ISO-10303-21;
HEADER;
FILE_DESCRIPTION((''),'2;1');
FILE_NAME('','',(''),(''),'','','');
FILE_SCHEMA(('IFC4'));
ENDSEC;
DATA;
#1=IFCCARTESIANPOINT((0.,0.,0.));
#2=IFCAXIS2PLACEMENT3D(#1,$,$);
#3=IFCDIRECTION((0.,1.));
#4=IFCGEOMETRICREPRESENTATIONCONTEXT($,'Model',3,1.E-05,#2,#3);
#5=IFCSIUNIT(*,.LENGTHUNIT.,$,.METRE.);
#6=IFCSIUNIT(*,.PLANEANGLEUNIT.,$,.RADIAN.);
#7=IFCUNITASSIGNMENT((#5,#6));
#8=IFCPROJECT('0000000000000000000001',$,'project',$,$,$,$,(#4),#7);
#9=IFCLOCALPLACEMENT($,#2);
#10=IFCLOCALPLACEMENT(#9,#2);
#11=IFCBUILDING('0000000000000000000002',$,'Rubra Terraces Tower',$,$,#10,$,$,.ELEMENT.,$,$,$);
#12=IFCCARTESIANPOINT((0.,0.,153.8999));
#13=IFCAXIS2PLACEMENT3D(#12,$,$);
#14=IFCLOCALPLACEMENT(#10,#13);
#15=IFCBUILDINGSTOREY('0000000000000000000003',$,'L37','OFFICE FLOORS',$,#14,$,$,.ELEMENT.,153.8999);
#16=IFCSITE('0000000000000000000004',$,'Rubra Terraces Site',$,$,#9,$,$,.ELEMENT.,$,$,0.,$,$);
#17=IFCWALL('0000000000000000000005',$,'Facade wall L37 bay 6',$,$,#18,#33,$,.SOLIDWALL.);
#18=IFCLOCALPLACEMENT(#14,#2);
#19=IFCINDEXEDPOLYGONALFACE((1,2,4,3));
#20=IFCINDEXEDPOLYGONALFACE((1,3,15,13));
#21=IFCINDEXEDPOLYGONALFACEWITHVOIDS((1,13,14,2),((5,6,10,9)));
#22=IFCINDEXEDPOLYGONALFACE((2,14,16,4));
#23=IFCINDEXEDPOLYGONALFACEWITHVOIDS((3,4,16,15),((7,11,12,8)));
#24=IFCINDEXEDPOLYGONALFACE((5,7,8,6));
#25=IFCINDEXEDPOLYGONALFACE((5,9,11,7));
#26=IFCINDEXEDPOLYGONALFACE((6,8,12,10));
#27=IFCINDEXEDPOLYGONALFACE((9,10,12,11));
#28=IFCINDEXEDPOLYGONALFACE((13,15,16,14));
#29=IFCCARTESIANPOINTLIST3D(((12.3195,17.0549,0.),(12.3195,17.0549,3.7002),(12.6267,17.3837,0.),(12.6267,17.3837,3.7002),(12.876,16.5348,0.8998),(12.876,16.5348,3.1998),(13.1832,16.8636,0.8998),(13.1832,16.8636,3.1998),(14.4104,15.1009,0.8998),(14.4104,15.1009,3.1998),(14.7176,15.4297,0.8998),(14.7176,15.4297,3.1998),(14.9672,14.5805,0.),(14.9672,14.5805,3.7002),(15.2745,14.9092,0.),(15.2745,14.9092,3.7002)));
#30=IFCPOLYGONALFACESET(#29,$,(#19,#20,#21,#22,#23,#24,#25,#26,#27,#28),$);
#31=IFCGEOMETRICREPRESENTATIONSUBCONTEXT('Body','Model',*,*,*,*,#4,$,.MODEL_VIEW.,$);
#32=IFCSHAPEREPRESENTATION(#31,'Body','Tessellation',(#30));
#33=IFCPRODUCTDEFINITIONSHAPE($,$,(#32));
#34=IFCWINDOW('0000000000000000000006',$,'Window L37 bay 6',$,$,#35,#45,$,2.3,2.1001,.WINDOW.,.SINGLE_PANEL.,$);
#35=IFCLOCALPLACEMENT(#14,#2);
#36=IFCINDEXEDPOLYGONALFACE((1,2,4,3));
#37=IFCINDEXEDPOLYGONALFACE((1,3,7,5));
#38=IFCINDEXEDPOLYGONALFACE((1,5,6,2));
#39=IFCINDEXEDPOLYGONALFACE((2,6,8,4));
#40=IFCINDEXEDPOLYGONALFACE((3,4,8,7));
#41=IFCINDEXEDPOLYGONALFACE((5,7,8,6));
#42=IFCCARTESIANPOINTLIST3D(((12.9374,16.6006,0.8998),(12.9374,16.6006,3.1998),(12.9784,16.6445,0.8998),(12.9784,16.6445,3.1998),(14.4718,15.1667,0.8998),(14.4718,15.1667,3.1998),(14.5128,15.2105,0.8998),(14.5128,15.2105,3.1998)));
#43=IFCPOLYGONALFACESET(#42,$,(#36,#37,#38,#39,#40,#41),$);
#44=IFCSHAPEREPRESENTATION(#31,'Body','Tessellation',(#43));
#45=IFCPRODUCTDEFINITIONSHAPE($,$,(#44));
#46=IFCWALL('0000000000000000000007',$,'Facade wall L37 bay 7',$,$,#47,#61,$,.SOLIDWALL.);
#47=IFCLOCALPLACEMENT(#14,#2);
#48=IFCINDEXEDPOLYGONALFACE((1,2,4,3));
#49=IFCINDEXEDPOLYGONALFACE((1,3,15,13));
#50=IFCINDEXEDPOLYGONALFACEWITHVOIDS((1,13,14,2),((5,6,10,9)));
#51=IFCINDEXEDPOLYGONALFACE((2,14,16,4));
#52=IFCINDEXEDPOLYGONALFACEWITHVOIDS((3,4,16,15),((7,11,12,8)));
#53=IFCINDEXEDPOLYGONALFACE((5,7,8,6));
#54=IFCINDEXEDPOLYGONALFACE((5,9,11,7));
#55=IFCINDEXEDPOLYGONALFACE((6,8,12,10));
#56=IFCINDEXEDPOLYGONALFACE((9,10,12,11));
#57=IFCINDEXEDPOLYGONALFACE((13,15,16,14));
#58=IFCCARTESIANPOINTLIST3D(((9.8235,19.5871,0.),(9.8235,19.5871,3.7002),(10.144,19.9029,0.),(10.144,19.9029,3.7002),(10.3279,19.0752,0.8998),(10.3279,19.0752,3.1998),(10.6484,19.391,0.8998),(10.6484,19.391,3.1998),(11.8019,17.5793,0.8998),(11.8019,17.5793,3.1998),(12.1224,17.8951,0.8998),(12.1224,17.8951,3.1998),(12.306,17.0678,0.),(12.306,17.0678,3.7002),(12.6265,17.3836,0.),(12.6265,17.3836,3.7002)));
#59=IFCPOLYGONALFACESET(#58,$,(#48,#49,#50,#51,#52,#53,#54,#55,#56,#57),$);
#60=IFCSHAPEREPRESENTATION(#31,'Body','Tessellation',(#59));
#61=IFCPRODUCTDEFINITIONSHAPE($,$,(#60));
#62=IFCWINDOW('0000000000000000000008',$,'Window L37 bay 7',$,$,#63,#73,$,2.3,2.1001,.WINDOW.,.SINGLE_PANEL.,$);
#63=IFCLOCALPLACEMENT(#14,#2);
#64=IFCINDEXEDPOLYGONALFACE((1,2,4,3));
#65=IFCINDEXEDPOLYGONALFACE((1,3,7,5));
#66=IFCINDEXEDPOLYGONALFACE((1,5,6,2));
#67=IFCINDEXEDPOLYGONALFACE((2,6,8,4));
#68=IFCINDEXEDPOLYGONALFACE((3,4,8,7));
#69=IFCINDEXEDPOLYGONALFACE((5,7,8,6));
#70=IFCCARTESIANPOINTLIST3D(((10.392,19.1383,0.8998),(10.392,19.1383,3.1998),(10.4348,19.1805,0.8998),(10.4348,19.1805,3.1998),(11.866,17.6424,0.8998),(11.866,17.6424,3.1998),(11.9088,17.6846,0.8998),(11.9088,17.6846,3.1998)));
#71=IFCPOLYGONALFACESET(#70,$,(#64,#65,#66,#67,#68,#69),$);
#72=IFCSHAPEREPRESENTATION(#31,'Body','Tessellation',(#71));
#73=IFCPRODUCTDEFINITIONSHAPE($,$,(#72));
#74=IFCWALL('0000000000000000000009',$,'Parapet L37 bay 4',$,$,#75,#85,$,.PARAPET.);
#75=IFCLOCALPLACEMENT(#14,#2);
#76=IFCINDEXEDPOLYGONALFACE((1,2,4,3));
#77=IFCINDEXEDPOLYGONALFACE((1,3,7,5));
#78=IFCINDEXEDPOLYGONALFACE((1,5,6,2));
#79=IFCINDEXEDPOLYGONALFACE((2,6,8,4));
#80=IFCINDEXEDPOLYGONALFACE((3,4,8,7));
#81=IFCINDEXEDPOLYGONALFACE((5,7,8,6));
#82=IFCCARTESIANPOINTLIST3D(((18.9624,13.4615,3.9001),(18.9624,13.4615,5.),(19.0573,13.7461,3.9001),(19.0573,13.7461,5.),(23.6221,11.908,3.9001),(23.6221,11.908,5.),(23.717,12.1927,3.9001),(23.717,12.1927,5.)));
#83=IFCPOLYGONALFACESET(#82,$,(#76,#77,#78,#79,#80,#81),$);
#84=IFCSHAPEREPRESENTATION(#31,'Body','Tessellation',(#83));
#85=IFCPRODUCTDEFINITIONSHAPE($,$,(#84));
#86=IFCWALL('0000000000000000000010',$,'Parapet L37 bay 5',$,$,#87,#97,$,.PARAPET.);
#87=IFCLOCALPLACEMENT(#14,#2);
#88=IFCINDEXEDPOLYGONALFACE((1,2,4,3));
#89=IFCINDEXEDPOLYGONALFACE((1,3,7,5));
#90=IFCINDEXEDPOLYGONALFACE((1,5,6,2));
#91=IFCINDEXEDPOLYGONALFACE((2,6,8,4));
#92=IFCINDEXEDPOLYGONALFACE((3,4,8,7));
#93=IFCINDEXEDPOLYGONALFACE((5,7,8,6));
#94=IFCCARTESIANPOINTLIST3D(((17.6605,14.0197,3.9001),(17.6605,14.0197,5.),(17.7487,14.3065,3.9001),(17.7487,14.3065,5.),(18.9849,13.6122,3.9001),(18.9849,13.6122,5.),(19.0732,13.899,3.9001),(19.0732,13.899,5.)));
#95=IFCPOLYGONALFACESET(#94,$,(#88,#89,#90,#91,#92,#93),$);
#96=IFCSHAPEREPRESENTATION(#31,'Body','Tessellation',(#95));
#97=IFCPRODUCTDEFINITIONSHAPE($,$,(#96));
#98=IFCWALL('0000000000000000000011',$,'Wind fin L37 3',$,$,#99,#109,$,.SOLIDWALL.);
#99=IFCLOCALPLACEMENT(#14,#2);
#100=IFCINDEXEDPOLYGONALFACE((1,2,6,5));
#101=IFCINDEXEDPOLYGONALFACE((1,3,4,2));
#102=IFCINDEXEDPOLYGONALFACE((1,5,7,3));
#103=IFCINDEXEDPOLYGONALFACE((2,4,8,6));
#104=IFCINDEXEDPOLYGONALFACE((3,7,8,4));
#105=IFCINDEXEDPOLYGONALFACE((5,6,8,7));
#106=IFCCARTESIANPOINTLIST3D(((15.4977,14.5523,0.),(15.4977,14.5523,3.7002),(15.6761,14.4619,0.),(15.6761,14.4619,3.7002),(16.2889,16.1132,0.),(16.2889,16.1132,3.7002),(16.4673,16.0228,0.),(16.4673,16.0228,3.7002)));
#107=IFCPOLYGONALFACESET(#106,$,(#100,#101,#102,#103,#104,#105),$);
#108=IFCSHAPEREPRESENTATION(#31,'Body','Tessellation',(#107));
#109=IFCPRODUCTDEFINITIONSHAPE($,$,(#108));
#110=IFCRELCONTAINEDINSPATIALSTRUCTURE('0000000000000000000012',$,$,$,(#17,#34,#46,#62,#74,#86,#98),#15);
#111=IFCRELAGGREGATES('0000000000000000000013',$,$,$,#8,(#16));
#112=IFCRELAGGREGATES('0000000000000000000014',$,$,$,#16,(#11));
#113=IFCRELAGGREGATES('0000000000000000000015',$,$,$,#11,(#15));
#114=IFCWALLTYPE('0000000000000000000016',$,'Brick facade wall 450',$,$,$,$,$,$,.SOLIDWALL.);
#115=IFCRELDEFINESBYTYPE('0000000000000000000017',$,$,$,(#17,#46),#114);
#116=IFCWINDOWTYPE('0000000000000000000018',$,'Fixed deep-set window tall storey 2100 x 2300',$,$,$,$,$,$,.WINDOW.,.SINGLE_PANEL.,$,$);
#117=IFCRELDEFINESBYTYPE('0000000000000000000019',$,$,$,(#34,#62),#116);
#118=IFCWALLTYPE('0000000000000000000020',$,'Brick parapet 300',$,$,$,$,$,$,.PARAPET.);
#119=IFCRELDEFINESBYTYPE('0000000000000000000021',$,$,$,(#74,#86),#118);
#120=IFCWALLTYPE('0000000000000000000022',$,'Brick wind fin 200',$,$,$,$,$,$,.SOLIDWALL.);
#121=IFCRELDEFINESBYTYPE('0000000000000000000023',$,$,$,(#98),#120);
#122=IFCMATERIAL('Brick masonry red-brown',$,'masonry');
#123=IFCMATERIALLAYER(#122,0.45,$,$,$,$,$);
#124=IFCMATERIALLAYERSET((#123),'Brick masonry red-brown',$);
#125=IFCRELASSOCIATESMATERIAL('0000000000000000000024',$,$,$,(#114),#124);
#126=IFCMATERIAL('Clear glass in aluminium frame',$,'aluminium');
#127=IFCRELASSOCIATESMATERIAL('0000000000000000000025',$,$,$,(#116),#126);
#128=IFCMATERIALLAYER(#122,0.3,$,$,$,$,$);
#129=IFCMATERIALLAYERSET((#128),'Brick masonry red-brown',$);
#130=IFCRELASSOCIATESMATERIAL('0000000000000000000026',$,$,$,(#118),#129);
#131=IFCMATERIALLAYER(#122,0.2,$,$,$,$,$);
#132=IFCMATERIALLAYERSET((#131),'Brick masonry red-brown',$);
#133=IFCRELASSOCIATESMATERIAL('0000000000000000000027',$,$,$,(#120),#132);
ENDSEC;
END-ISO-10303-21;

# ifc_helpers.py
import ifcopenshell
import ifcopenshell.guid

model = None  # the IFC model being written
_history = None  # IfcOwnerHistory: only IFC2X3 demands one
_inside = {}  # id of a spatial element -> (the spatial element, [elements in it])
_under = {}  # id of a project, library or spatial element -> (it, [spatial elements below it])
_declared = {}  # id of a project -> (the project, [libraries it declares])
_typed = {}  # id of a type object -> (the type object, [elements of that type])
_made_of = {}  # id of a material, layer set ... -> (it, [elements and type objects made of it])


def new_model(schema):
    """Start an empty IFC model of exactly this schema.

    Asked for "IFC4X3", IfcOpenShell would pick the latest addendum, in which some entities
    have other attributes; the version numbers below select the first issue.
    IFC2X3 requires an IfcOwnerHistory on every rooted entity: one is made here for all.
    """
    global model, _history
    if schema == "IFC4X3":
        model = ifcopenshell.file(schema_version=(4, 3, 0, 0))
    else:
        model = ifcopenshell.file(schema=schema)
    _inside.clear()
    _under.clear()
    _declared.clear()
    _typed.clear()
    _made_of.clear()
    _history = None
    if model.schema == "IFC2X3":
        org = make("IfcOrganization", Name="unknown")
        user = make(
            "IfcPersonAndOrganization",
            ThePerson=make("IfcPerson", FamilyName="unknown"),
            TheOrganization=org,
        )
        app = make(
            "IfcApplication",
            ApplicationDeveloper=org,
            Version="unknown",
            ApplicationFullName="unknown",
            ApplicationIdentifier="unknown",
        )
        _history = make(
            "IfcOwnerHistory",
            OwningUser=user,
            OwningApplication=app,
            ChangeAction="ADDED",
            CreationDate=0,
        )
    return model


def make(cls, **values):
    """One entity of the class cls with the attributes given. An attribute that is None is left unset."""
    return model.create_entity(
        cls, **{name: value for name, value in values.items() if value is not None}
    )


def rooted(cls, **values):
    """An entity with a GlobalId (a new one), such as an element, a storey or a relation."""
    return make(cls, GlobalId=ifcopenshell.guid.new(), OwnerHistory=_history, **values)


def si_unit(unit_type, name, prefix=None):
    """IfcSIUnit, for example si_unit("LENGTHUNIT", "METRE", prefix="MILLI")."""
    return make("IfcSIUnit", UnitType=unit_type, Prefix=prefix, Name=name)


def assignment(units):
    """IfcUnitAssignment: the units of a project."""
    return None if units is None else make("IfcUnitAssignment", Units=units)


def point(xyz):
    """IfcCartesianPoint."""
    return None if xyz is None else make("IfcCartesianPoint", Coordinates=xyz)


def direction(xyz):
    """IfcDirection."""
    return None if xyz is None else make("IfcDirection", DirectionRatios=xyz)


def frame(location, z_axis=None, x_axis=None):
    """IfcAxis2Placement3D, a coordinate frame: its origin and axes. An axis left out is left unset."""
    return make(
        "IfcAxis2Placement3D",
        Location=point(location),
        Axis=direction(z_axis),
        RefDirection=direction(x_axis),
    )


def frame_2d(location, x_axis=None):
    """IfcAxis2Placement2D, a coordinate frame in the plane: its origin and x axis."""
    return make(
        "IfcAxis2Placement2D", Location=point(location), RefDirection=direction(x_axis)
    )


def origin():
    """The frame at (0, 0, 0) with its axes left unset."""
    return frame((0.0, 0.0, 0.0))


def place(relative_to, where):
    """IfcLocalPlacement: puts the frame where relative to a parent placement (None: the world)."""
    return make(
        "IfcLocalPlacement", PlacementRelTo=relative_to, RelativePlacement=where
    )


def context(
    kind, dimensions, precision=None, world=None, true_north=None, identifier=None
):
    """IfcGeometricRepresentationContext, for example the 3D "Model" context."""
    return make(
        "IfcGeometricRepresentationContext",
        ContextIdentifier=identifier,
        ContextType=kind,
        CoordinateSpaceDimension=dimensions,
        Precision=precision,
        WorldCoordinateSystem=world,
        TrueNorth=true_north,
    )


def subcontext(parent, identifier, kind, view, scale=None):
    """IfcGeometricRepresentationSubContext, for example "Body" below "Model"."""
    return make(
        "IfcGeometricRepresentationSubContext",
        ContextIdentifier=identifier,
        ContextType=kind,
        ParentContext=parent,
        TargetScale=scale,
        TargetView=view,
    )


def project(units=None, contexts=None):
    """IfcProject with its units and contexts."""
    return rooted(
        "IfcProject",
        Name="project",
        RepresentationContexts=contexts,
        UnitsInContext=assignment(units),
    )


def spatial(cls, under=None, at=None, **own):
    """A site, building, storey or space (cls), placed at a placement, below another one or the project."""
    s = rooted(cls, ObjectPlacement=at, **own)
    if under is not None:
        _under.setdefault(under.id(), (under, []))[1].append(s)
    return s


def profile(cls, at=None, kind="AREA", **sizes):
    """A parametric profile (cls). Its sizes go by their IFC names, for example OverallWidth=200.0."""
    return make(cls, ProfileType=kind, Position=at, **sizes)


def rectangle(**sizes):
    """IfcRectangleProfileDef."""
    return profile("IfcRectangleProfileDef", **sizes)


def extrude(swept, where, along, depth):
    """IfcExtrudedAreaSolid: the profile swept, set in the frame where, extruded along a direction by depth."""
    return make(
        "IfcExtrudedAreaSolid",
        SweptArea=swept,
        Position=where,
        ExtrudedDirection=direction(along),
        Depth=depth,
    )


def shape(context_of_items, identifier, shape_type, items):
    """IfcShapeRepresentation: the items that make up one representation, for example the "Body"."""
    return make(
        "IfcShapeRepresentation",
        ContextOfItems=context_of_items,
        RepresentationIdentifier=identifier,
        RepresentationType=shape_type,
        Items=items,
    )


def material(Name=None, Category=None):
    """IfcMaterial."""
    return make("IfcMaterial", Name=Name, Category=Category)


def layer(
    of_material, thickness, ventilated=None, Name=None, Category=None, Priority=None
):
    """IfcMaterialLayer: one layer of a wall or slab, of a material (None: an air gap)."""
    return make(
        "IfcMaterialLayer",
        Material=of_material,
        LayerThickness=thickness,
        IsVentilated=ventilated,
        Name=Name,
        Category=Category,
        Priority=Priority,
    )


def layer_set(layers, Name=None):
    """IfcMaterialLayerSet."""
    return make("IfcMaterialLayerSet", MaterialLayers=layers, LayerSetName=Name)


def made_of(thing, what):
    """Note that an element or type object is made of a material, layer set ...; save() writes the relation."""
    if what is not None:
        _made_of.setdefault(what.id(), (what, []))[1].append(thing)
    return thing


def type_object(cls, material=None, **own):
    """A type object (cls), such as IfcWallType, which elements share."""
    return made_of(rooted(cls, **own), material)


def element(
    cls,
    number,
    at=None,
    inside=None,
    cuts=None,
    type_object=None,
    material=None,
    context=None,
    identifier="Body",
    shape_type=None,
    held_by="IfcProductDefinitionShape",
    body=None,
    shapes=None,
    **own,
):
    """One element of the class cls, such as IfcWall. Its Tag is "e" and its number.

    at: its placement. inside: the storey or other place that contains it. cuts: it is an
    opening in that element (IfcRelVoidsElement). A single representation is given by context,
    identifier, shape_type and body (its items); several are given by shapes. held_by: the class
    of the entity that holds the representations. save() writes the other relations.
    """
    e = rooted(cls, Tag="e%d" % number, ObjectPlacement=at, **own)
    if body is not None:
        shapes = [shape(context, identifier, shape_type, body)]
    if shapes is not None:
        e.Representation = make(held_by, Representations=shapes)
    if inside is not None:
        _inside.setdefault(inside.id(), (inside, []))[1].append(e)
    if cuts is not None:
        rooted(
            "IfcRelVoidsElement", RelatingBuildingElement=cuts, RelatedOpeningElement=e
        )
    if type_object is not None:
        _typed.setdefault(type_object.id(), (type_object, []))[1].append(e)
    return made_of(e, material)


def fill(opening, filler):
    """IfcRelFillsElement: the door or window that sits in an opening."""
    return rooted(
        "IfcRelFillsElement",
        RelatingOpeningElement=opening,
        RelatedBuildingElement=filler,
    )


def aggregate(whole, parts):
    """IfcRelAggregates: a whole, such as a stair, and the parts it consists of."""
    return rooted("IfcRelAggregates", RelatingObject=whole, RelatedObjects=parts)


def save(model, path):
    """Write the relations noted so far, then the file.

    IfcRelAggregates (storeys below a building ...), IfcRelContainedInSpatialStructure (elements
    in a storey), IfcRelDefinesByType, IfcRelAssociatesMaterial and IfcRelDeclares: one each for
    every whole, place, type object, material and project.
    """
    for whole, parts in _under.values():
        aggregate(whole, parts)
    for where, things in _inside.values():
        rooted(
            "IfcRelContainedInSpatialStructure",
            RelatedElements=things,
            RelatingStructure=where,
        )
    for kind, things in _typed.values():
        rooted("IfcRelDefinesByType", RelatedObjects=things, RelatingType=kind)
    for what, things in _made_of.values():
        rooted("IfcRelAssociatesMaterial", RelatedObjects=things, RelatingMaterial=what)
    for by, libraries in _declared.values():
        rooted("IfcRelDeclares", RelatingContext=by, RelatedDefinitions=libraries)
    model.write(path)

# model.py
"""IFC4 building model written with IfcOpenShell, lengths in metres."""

from ifc_helpers import new_model, si_unit, direction, frame, frame_2d, origin, place, context, subcontext, project, spatial, rectangle, extrude, material, layer, layer_set, type_object, element, fill, save


model = new_model("IFC4")

# Units and contexts
model_context = context("Model", 3, precision=1e-05, world=origin(), true_north=direction((0.0, 1.0)))
body_context = subcontext(model_context, "Body", "Model", "MODEL_VIEW")
ifc_project = project(units=[si_unit("LENGTHUNIT", "METRE"), si_unit("PLANEANGLEUNIT", "RADIAN")], contexts=[model_context])

# Site, building, storey
site_placement = place(None, origin())
site = spatial("IfcSite", under=ifc_project, at=site_placement, Name="Rubra Terraces Site", CompositionType="ELEMENT", RefElevation=0.0)
building_placement = place(site_placement, origin())
building = spatial("IfcBuilding", under=site, at=building_placement, Name="Rubra Terraces Tower", CompositionType="ELEMENT")
storey_placement = place(building_placement, frame((0.0, 0.0, 153.8999)))
storey = spatial("IfcBuildingStorey", under=building, at=storey_placement, Name="L37", Description="OFFICE FLOORS", CompositionType="ELEMENT", Elevation=153.8999)

# Walls, openings, windows
ifc_material_1 = material(Name="Brick masonry red-brown", Category="masonry")
ifc_layer_1 = layer(ifc_material_1, 0.45)
ifc_layer_set_1 = layer_set([ifc_layer_1], Name="Brick masonry red-brown")
wall_type_1 = type_object("IfcWallType", Name="Brick facade wall 450", PredefinedType="SOLIDWALL", material=ifc_layer_set_1)
ifc_material_2 = material(Name="Clear glass in aluminium frame", Category="aluminium")
window_type = type_object("IfcWindowType", Name="Fixed deep-set window tall storey 2100 x 2300", PartitioningType="SINGLE_PANEL", PredefinedType="WINDOW", material=ifc_material_2)
wall_1_placement = place(storey_placement, frame((15.1208, 14.7449, 0.0), z_axis=(0.0, 0.0, 1.0), x_axis=(-0.730618, 0.682786, 0.0)))
wall_1 = element("IfcWall", 1, at=wall_1_placement, inside=storey, type_object=wall_type_1, Name="Facade wall L37 bay 6", PredefinedType="SOLIDWALL", context=body_context, shape_type="SweptSolid", body=[
    extrude(rectangle(XDim=3.624, YDim=0.45, at=frame_2d((1.812, 0.0))), origin(), (0.0, 0.0, 1.0), 3.7002),
])
opening_1_placement = place(wall_1_placement, frame((0.7622, 0.0, 0.8999)))
opening_1 = element("IfcOpeningElement", 2, at=opening_1_placement, cuts=wall_1, PredefinedType="OPENING", context=body_context, shape_type="SweptSolid", body=[
    extrude(rectangle(XDim=2.1001, YDim=2.3, at=frame_2d((1.05, 1.1499))), frame((0.0, 0.2349, 0.0), z_axis=(0.0, -1.0, 0.0), x_axis=(1.0, 0.0, 0.0)), (0.0, 0.0, 1.0), 0.47),
])
window_1_placement = place(opening_1_placement, origin())
window_1 = element("IfcWindow", 3, at=window_1_placement, inside=storey, type_object=window_type, Name="Window L37 bay 6", OverallHeight=2.3, OverallWidth=2.1001, PartitioningType="SINGLE_PANEL", PredefinedType="WINDOW", context=body_context, shape_type="SweptSolid", body=[
    extrude(rectangle(XDim=2.1001, YDim=2.3, at=frame_2d((1.05, 1.1499))), frame((0.0, 0.135, 0.0), z_axis=(0.0, -1.0, 0.0), x_axis=(1.0, 0.0, 0.0)), (0.0, 0.0, 1.0), 0.0601),
])
fill(opening_1, window_1)
wall_2_placement = place(storey_placement, frame((12.4663, 17.2256, 0.0), z_axis=(0.0, 0.0, 1.0), x_axis=(-0.701876, 0.712299, 0.0)))
wall_2 = element("IfcWall", 4, at=wall_2_placement, inside=storey, type_object=wall_type_1, Name="Facade wall L37 bay 7", PredefinedType="SOLIDWALL", context=body_context, shape_type="SweptSolid", body=[
    extrude(rectangle(XDim=3.5369, YDim=0.45, at=frame_2d((1.7686, 0.0))), origin(), (0.0, 0.0, 1.0), 3.7002),
])
opening_2_placement = place(wall_2_placement, frame((0.7183, 0.0, 0.8999)))
opening_2 = element("IfcOpeningElement", 5, at=opening_2_placement, cuts=wall_2, PredefinedType="OPENING", context=body_context, shape_type="SweptSolid", body=[
    extrude(rectangle(XDim=2.1001, YDim=2.3, at=frame_2d((1.05, 1.1499))), frame((0.0, 0.2349, 0.0), z_axis=(0.0, -1.0, 0.0), x_axis=(1.0, 0.0, 0.0)), (0.0, 0.0, 1.0), 0.47),
])
window_2_placement = place(opening_2_placement, origin())
window_2 = element("IfcWindow", 6, at=window_2_placement, inside=storey, type_object=window_type, Name="Window L37 bay 7", OverallHeight=2.3, OverallWidth=2.1001, PartitioningType="SINGLE_PANEL", PredefinedType="WINDOW", context=body_context, shape_type="SweptSolid", body=[
    extrude(rectangle(XDim=2.1001, YDim=2.3, at=frame_2d((1.05, 1.1499))), frame((0.0, 0.135, 0.0), z_axis=(0.0, -1.0, 0.0), x_axis=(1.0, 0.0, 0.0)), (0.0, 0.0, 1.0), 0.0601),
])
fill(opening_2, window_2)

# Walls
ifc_layer_2 = layer(ifc_material_1, 0.3)
ifc_layer_set_2 = layer_set([ifc_layer_2], Name="Brick masonry red-brown")
wall_type_2 = type_object("IfcWallType", Name="Brick parapet 300", PredefinedType="PARAPET", material=ifc_layer_set_2)
wall_3_placement = place(storey_placement, frame((23.6697, 12.0503, 3.9001), z_axis=(0.0, 0.0, 1.0), x_axis=(-0.948668, 0.316273, 0.0)))
element("IfcWall", 7, at=wall_3_placement, inside=storey, type_object=wall_type_2, Name="Parapet L37 bay 4", PredefinedType="PARAPET", context=body_context, shape_type="SweptSolid", body=[
    extrude(rectangle(XDim=4.9119, YDim=0.3, at=frame_2d((2.4561, 0.0))), origin(), (0.0, 0.0, 1.0), 1.0999),
])
wall_4_placement = place(storey_placement, frame((19.0291, 13.7556, 3.9001), z_axis=(0.0, 0.0, 1.0), x_axis=(-0.95579, 0.294049, 0.0)))
element("IfcWall", 8, at=wall_4_placement, inside=storey, type_object=wall_type_2, Name="Parapet L37 bay 5", PredefinedType="PARAPET", context=body_context, shape_type="SweptSolid", body=[
    extrude(rectangle(XDim=1.3857, YDim=0.3, at=frame_2d((0.6929, 0.0))), origin(), (0.0, 0.0, 1.0), 1.0999),
])
ifc_layer_3 = layer(ifc_material_1, 0.2)
ifc_layer_set_3 = layer_set([ifc_layer_3], Name="Brick masonry red-brown")
wall_type_3 = type_object("IfcWallType", Name="Brick wind fin 200", PredefinedType="SOLIDWALL", material=ifc_layer_set_3)
wall_5_placement = place(storey_placement, frame((15.5869, 14.5071, 0.0), z_axis=(0.0, 0.0, 1.0), x_axis=(0.452117, 0.891959, 0.0)))
element("IfcWall", 9, at=wall_5_placement, inside=storey, type_object=wall_type_3, Name="Wind fin L37 3", PredefinedType="SOLIDWALL", context=body_context, shape_type="SweptSolid", body=[
    extrude(rectangle(XDim=1.75, YDim=0.2, at=frame_2d((0.875, 0.0))), origin(), (0.0, 0.0, 1.0), 3.7002),
])

save(model, "model.ifc")
